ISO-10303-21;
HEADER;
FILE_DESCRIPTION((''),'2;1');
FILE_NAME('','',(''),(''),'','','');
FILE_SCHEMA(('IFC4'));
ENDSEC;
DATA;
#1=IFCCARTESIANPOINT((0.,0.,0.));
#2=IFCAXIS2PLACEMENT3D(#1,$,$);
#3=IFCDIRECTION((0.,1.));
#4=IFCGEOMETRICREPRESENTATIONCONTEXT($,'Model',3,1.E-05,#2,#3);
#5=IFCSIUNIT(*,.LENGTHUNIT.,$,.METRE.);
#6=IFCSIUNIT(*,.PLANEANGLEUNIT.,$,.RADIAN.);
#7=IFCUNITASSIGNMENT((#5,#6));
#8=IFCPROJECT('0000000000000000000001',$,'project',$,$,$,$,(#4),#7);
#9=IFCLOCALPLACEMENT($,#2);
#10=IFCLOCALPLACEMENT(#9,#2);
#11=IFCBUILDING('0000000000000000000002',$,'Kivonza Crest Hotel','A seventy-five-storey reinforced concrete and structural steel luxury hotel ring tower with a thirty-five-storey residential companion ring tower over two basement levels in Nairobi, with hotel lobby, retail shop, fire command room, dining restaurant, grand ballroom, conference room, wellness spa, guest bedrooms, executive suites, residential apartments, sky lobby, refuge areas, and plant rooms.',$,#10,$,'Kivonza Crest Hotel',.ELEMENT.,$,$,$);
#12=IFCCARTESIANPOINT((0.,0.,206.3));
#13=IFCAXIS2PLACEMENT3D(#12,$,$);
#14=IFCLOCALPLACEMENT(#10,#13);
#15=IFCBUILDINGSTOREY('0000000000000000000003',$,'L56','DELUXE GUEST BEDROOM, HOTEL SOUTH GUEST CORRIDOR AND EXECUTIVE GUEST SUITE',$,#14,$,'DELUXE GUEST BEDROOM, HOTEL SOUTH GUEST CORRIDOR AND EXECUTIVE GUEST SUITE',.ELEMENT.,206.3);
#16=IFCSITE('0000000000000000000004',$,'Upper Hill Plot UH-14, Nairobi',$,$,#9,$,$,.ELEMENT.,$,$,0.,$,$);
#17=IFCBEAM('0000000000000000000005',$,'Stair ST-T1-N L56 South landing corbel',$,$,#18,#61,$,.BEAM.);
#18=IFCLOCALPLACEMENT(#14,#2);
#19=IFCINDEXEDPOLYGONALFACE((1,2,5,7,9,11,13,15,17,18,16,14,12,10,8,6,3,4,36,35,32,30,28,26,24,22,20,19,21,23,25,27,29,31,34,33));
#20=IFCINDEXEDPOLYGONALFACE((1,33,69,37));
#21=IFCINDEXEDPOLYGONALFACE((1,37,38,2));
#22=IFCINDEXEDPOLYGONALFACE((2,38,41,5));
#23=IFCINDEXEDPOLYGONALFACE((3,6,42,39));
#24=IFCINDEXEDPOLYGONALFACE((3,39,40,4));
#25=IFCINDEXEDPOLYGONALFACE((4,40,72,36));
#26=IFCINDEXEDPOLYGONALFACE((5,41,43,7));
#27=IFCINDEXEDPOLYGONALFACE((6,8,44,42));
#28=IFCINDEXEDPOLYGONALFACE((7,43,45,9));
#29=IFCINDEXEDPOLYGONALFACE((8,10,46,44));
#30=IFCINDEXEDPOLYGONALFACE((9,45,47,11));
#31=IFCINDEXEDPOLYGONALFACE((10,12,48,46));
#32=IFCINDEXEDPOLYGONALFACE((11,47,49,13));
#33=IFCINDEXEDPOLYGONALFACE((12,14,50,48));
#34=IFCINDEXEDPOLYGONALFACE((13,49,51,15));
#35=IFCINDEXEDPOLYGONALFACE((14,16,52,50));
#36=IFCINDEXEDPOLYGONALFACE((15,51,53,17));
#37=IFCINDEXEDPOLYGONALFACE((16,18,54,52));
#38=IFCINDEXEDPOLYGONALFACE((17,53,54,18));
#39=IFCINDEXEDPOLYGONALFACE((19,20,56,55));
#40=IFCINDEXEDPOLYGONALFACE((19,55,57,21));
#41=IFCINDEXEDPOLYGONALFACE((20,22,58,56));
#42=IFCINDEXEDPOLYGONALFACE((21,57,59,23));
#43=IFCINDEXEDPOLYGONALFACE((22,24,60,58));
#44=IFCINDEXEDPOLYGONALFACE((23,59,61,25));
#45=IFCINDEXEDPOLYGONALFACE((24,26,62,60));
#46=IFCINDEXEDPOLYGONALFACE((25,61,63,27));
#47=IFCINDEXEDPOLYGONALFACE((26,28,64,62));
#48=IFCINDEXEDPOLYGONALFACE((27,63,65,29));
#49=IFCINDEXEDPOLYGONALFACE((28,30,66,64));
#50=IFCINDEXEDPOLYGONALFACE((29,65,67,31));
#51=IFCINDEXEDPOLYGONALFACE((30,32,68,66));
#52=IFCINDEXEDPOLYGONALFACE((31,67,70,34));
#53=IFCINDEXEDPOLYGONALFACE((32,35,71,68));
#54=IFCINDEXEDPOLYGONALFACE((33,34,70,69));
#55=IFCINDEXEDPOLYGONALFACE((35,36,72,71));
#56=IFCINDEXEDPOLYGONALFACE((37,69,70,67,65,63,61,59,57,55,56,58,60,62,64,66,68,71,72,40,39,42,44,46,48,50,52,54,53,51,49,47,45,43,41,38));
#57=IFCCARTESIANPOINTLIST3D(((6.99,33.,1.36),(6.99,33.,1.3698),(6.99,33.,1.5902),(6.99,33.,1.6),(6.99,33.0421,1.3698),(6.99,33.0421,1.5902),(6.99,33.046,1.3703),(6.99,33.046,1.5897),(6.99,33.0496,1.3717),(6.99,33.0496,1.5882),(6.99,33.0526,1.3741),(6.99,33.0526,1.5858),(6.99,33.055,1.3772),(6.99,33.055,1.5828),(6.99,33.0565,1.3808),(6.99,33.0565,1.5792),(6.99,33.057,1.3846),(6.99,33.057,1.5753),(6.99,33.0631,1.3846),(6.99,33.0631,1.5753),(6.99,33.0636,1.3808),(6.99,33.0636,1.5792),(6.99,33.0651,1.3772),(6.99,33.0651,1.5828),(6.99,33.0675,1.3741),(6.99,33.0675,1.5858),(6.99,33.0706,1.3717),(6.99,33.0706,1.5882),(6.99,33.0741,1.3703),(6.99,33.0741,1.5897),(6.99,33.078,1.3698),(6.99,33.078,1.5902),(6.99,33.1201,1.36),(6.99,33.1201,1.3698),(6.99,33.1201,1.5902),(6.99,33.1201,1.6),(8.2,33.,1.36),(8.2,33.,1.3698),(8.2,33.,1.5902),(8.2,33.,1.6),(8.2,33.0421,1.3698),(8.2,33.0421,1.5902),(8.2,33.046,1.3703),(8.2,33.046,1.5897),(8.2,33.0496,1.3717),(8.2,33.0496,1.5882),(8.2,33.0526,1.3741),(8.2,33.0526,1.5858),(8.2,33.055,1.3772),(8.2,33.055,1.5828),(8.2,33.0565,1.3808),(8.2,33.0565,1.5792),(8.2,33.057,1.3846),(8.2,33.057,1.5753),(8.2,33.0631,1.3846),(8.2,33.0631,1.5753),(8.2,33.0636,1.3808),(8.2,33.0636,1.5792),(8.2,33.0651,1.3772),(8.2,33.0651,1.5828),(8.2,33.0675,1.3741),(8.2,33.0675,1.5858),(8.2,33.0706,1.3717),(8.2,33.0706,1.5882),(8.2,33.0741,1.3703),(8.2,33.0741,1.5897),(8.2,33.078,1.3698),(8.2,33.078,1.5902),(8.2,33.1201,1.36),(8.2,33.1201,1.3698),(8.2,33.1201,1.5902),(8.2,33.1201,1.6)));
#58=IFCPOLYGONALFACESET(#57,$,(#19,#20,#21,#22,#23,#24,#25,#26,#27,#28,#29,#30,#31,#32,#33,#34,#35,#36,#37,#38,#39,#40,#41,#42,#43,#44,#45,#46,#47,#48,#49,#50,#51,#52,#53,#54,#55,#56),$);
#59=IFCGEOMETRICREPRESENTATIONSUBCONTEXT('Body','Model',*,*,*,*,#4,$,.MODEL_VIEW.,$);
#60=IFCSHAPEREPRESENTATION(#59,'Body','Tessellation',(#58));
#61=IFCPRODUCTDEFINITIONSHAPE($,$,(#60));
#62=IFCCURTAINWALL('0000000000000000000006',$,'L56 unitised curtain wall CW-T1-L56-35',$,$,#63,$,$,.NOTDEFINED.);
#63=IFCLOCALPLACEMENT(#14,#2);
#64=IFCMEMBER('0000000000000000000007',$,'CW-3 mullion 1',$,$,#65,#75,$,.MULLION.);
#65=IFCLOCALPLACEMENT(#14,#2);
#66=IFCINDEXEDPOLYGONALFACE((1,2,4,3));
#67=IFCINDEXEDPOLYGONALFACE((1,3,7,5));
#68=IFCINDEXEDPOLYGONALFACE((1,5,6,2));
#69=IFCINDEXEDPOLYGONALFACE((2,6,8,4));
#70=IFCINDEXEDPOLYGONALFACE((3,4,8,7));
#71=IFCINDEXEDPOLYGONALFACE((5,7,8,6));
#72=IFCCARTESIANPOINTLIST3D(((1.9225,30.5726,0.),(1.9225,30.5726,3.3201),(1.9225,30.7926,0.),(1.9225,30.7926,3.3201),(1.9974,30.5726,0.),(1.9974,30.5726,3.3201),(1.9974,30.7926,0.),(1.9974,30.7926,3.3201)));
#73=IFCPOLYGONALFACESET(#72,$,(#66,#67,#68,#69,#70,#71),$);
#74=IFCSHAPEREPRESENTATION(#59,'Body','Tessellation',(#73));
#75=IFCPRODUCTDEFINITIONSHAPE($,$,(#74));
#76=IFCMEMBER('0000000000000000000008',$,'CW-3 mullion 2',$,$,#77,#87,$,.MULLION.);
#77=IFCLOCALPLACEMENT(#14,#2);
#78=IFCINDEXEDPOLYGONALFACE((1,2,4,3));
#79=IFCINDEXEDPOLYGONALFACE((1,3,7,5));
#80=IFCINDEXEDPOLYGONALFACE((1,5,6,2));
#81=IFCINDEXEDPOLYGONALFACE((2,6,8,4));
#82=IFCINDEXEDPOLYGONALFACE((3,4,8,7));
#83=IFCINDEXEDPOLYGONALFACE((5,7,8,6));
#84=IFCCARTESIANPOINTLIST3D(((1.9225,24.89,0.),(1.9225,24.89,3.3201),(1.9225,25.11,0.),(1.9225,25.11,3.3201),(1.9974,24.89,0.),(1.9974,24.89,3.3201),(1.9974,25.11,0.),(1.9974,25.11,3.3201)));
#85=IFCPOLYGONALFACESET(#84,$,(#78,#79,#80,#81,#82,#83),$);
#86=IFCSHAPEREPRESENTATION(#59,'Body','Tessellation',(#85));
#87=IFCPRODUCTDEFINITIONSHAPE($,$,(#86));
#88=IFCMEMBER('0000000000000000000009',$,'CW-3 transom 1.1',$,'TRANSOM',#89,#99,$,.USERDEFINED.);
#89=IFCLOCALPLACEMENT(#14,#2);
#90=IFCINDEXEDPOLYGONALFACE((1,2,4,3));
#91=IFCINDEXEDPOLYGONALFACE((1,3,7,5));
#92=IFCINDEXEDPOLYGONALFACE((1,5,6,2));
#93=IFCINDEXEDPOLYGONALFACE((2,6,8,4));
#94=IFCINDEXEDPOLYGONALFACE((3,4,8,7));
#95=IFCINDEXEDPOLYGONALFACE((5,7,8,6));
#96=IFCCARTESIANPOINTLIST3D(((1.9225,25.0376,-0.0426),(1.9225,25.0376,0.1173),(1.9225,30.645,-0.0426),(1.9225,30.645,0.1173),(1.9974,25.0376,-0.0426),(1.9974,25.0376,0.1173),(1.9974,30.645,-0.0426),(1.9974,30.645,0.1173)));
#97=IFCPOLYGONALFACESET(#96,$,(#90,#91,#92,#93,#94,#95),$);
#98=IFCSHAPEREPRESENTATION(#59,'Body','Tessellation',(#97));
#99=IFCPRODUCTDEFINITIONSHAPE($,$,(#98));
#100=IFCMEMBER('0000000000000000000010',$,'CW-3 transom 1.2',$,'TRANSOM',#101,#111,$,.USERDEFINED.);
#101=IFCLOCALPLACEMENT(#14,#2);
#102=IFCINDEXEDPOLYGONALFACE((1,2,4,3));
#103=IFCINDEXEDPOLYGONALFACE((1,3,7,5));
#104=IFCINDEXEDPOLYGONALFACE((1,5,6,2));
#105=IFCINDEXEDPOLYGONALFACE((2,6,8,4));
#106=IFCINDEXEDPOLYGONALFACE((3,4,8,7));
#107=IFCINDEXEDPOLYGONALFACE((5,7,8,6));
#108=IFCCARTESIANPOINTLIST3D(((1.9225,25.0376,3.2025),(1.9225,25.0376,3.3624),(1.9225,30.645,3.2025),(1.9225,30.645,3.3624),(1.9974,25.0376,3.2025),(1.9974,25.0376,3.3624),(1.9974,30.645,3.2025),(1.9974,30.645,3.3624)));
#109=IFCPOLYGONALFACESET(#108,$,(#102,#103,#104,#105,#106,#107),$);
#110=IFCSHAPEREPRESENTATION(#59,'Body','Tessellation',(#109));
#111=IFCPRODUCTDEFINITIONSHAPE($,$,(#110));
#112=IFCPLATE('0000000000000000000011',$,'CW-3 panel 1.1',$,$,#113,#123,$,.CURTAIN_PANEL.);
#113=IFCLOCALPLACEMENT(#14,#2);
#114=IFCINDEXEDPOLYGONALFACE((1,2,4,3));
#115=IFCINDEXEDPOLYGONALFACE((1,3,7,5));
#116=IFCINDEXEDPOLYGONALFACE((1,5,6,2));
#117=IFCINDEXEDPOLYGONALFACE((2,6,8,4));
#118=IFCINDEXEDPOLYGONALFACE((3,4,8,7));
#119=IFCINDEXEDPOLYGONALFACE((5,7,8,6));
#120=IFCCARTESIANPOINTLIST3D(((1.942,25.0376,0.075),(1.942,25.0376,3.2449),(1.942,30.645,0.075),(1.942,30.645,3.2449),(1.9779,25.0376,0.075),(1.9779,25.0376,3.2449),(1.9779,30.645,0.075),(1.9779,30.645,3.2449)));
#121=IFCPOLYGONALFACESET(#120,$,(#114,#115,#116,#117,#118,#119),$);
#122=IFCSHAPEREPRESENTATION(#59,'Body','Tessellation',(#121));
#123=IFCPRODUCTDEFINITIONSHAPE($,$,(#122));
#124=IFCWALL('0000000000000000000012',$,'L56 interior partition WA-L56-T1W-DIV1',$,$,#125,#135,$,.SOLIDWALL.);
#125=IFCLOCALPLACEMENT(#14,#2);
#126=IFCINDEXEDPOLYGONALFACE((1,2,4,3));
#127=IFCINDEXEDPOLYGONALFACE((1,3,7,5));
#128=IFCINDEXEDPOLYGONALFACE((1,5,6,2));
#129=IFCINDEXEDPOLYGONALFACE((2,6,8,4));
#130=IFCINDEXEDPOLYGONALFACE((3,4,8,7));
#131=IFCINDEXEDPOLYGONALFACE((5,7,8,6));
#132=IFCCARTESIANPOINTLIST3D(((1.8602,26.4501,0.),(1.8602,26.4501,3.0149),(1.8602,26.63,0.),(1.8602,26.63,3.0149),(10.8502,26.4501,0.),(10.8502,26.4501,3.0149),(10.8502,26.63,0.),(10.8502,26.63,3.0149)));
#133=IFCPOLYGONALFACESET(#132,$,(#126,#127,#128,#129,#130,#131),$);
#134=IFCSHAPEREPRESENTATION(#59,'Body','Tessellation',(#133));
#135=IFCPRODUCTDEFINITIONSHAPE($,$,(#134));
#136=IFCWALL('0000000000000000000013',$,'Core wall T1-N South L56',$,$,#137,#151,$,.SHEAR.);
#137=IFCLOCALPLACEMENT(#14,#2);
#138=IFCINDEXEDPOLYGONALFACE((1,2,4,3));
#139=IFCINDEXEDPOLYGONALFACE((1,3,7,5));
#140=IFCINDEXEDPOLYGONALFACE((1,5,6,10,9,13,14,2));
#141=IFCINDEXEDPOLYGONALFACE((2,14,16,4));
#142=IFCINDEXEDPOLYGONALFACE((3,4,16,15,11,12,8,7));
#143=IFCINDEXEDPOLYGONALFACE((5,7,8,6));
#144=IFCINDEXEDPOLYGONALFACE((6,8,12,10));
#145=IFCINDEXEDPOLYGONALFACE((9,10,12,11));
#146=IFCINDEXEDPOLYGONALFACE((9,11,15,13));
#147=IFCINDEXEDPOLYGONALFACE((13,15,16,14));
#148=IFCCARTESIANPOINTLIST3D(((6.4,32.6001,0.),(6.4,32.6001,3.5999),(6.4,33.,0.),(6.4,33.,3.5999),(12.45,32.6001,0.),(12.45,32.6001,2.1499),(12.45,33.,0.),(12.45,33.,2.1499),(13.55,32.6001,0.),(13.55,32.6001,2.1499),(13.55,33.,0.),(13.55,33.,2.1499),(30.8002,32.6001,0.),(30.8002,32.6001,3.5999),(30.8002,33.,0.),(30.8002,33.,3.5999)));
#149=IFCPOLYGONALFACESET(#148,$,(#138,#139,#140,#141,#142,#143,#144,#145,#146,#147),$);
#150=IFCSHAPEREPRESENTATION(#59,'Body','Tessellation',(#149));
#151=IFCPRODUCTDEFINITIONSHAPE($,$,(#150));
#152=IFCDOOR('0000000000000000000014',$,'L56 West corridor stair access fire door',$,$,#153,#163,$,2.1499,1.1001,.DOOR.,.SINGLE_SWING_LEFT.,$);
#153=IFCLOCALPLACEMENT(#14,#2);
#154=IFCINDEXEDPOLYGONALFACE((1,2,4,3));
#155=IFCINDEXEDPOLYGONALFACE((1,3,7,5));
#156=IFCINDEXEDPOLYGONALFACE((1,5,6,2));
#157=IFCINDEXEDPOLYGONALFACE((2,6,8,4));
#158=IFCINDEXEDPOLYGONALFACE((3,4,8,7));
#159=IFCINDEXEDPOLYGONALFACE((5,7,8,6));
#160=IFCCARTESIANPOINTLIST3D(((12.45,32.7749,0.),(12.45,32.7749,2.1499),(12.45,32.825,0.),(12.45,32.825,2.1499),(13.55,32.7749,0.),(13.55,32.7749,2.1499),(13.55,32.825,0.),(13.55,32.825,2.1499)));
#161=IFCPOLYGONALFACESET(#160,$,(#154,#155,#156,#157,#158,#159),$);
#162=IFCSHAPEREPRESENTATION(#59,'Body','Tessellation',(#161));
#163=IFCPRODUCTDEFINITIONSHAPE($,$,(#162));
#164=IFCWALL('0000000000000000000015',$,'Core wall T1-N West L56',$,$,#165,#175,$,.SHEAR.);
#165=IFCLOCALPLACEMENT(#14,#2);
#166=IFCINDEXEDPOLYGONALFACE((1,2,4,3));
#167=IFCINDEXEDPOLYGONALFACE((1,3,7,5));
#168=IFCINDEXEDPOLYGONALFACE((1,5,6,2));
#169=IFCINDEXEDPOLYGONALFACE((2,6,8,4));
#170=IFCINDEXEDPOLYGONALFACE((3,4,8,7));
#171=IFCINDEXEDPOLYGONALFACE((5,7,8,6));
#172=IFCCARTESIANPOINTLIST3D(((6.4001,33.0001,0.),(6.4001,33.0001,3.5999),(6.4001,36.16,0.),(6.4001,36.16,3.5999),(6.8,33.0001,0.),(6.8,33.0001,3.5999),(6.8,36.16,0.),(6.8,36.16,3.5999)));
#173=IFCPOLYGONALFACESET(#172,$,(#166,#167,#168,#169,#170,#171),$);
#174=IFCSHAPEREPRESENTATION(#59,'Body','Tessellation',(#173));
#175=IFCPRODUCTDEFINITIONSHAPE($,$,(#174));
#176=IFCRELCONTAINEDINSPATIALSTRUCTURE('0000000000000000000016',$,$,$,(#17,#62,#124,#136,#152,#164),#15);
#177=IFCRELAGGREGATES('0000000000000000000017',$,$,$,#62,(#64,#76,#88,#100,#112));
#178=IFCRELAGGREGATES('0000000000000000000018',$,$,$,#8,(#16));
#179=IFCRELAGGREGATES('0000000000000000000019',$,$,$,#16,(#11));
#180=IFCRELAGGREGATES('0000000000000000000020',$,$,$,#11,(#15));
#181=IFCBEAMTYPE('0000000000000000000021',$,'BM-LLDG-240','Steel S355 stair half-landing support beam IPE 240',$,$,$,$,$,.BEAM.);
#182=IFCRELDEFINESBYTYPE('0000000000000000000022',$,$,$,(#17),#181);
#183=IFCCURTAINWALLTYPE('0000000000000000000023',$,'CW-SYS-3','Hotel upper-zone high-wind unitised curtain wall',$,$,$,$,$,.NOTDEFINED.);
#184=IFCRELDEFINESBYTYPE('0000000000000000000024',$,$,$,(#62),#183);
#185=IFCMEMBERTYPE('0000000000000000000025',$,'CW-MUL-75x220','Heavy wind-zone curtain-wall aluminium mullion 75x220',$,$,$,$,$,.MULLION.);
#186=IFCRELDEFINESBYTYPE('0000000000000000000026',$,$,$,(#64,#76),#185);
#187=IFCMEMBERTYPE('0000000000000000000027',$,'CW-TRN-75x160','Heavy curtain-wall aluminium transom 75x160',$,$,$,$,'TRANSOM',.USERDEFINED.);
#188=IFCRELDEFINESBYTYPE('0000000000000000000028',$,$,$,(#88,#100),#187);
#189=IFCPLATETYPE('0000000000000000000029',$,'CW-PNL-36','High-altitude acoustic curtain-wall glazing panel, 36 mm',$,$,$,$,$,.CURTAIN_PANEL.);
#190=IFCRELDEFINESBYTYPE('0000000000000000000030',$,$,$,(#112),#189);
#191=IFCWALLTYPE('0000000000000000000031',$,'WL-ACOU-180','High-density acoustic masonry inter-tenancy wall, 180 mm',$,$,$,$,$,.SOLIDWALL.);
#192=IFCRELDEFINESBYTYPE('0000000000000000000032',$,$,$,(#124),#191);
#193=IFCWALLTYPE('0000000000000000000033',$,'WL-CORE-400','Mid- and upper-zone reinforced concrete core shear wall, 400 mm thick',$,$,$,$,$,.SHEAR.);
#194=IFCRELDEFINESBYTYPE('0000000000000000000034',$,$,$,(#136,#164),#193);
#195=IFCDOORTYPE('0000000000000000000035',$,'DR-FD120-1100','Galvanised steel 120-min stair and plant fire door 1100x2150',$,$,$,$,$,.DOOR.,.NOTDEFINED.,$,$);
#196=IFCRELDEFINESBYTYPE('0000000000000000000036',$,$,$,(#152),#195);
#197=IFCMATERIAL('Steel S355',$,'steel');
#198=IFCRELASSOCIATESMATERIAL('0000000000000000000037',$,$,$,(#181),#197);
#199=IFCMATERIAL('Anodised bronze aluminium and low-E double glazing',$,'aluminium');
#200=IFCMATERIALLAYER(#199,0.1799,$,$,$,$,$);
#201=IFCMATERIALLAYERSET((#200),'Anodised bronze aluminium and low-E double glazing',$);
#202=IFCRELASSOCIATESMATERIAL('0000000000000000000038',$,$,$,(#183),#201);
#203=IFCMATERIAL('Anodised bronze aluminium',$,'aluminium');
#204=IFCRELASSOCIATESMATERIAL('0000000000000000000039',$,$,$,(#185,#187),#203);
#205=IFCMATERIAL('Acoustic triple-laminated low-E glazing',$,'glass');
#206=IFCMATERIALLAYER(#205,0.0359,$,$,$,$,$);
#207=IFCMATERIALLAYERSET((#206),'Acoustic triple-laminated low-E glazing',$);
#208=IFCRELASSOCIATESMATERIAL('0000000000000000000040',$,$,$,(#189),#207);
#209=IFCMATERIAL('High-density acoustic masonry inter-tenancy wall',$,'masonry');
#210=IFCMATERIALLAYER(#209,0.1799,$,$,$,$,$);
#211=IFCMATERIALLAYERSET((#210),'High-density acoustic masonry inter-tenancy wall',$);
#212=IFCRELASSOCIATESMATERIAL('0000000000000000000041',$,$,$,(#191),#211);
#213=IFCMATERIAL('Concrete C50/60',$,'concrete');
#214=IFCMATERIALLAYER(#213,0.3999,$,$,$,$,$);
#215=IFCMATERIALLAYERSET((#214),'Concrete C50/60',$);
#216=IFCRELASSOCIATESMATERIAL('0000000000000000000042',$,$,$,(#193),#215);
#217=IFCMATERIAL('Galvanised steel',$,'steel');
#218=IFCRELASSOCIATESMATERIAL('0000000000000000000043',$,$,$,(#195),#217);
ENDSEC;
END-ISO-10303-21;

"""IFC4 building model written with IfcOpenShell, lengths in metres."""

from ifc_helpers import new_model, si_unit, direction, frame, frame_2d, origin, origin_2d, place, context, subcontext, project, spatial, rectangle, i_section, extrude, material, layer, layer_set, material_profile, profile_set, type_object, element, fill, aggregate, save


model = new_model("IFC4")

# Units and contexts
model_context = context("Model", 3, precision=1e-05, world=origin(), true_north=direction((0.0, 1.0)))
body_context = subcontext(model_context, "Body", "Model", "MODEL_VIEW")
ifc_project = project(units=[si_unit("LENGTHUNIT", "METRE"), si_unit("PLANEANGLEUNIT", "RADIAN")], contexts=[model_context])

# Site, building, storey
site_placement = place(None, origin())
site = spatial("IfcSite", under=ifc_project, at=site_placement, Name="Upper Hill Plot UH-14, Nairobi", CompositionType="ELEMENT", RefElevation=0.0)
building_placement = place(site_placement, origin())
building = spatial("IfcBuilding", under=site, at=building_placement, Name="Kivonza Crest Hotel", Description="A seventy-five-storey reinforced concrete and structural steel luxury hotel ring tower with a thirty-five-storey residential companion ring tower over two basement levels in Nairobi, with hotel lobby, retail shop, fire command room, dining restaurant, grand ballroom, conference room, wellness spa, guest bedrooms, executive suites, residential apartments, sky lobby, refuge areas, and plant rooms.", LongName="Kivonza Crest Hotel", CompositionType="ELEMENT")
storey_placement = place(building_placement, frame((0.0, 0.0, 206.3)))
storey = spatial("IfcBuildingStorey", under=building, at=storey_placement, Name="L56", Description="DELUXE GUEST BEDROOM, HOTEL SOUTH GUEST CORRIDOR AND EXECUTIVE GUEST SUITE", LongName="DELUXE GUEST BEDROOM, HOTEL SOUTH GUEST CORRIDOR AND EXECUTIVE GUEST SUITE", CompositionType="ELEMENT", Elevation=206.3)

# Shared definitions
ifc_material_1 = material(Name="Concrete C50/60", Category="concrete")

# Beam
ifc_material_2 = material(Name="Steel S355", Category="steel")
ifc_material_profile_1 = material_profile(ifc_material_2, i_section(OverallWidth=0.1201, OverallDepth=0.24, WebThickness=0.0061, FlangeThickness=0.0098, FilletRadius=0.0149, at=origin_2d()), Name="IPE 240")
ifc_profile_set_1 = profile_set([ifc_material_profile_1], Name="Steel S355")
beam_type_1 = type_object("IfcBeamType", Name="BM-LLDG-240", Description="Steel S355 stair half-landing support beam IPE 240", PredefinedType="BEAM", material=ifc_profile_set_1)
beam_1_placement = place(storey_placement, frame((6.99, 33.0601, 1.48), z_axis=(1.0, 0.0, 0.0), x_axis=(0.0, 1.0, 0.0)))
element("IfcBeam", 1, at=beam_1_placement, inside=storey, type_object=beam_type_1, Name="Stair ST-T1-N L56 South landing corbel", PredefinedType="BEAM", context=body_context, shape_type="SweptSolid", body=[
    extrude(i_section(OverallWidth=0.1201, OverallDepth=0.24, WebThickness=0.0061, FlangeThickness=0.0098, FilletRadius=0.0149, at=origin_2d()), origin(), (0.0, 0.0, 1.0), 1.21),
])

# Curtain wall, members, plate
ifc_material_3 = material(Name="Anodised bronze aluminium and low-E double glazing", Category="aluminium")
ifc_layer_1 = layer(ifc_material_3, 0.1799)
ifc_layer_set_1 = layer_set([ifc_layer_1], Name="Anodised bronze aluminium and low-E double glazing")
curtain_wall_type = type_object("IfcCurtainWallType", Name="CW-SYS-3", Description="Hotel upper-zone high-wind unitised curtain wall", PredefinedType="NOTDEFINED", material=ifc_layer_set_1)
curtain_wall_placement = place(storey_placement, origin())
curtain_wall = element("IfcCurtainWall", 2, at=curtain_wall_placement, inside=storey, type_object=curtain_wall_type, Name="L56 unitised curtain wall CW-T1-L56-35", PredefinedType="NOTDEFINED")
ifc_material_4 = material(Name="Anodised bronze aluminium", Category="aluminium")
ifc_material_profile_2 = material_profile(ifc_material_4, rectangle(XDim=0.075, YDim=0.22, at=origin_2d()), Name="CW-M 75x220")
ifc_profile_set_2 = profile_set([ifc_material_profile_2], Name="Anodised bronze aluminium")
member_type_1 = type_object("IfcMemberType", Name="CW-MUL-75x220", Description="Heavy wind-zone curtain-wall aluminium mullion 75x220", PredefinedType="MULLION", material=ifc_profile_set_2)
member_1_placement = place(storey_placement, frame((1.96, 30.6826, 0.0), z_axis=(0.0, 0.0, 1.0), x_axis=(1.0, 0.0, 0.0)))
member_1 = element("IfcMember", 3, at=member_1_placement, type_object=member_type_1, Name="CW-3 mullion 1", PredefinedType="MULLION", context=body_context, shape_type="SweptSolid", body=[
    extrude(rectangle(XDim=0.075, YDim=0.22, at=origin_2d()), origin(), (0.0, 0.0, 1.0), 3.3201),
])
member_2_placement = place(storey_placement, frame((1.96, 25.0, 0.0), z_axis=(0.0, 0.0, 1.0), x_axis=(1.0, 0.0, 0.0)))
member_2 = element("IfcMember", 4, at=member_2_placement, type_object=member_type_1, Name="CW-3 mullion 2", PredefinedType="MULLION", context=body_context, shape_type="SweptSolid", body=[
    extrude(rectangle(XDim=0.075, YDim=0.22, at=origin_2d()), origin(), (0.0, 0.0, 1.0), 3.3201),
])
ifc_material_profile_3 = material_profile(ifc_material_4, rectangle(XDim=0.075, YDim=0.1599, at=origin_2d()), Name="CW-T 75x160")
ifc_profile_set_3 = profile_set([ifc_material_profile_3], Name="Anodised bronze aluminium")
member_type_2 = type_object("IfcMemberType", Name="CW-TRN-75x160", Description="Heavy curtain-wall aluminium transom 75x160", ElementType="TRANSOM", PredefinedType="USERDEFINED", material=ifc_profile_set_3)
member_3_placement = place(storey_placement, frame((1.96, 30.645, 0.0374), z_axis=(0.0, -1.0, 0.0), x_axis=(1.0, 0.0, 0.0)))
member_3 = element("IfcMember", 5, at=member_3_placement, type_object=member_type_2, Name="CW-3 transom 1.1", ObjectType="TRANSOM", PredefinedType="USERDEFINED", context=body_context, shape_type="SweptSolid", body=[
    extrude(rectangle(XDim=0.075, YDim=0.1599, at=origin_2d()), origin(), (0.0, 0.0, 1.0), 5.6074),
])
member_4_placement = place(storey_placement, frame((1.96, 30.645, 3.2825), z_axis=(0.0, -1.0, 0.0), x_axis=(1.0, 0.0, 0.0)))
member_4 = element("IfcMember", 6, at=member_4_placement, type_object=member_type_2, Name="CW-3 transom 1.2", ObjectType="TRANSOM", PredefinedType="USERDEFINED", context=body_context, shape_type="SweptSolid", body=[
    extrude(rectangle(XDim=0.075, YDim=0.1599, at=origin_2d()), origin(), (0.0, 0.0, 1.0), 5.6074),
])
ifc_material_5 = material(Name="Acoustic triple-laminated low-E glazing", Category="glass")
ifc_layer_2 = layer(ifc_material_5, 0.0359)
ifc_layer_set_2 = layer_set([ifc_layer_2], Name="Acoustic triple-laminated low-E glazing")
plate_type = type_object("IfcPlateType", Name="CW-PNL-36", Description="High-altitude acoustic curtain-wall glazing panel, 36 mm", PredefinedType="CURTAIN_PANEL", material=ifc_layer_set_2)
plate_placement = place(storey_placement, frame((1.96, 27.8413, 0.075), z_axis=(0.0, 0.0, 1.0), x_axis=(0.0, -1.0, 0.0)))
plate = element("IfcPlate", 7, at=plate_placement, type_object=plate_type, Name="CW-3 panel 1.1", PredefinedType="CURTAIN_PANEL", context=body_context, shape_type="SweptSolid", body=[
    extrude(rectangle(XDim=5.6074, YDim=0.0359, at=origin_2d()), origin(), (0.0, 0.0, 1.0), 3.1699),
])
aggregate(curtain_wall, [member_1, member_2, member_3, member_4, plate])

# Wall
ifc_material_6 = material(Name="High-density acoustic masonry inter-tenancy wall", Category="masonry")
ifc_layer_3 = layer(ifc_material_6, 0.1799)
ifc_layer_set_3 = layer_set([ifc_layer_3], Name="High-density acoustic masonry inter-tenancy wall")
wall_type_1 = type_object("IfcWallType", Name="WL-ACOU-180", Description="High-density acoustic masonry inter-tenancy wall, 180 mm", PredefinedType="SOLIDWALL", material=ifc_layer_set_3)
wall_1_placement = place(storey_placement, frame((1.8601, 26.54, 0.0), z_axis=(0.0, 0.0, 1.0), x_axis=(1.0, 0.0, 0.0)))
element("IfcWall", 8, at=wall_1_placement, inside=storey, type_object=wall_type_1, Name="L56 interior partition WA-L56-T1W-DIV1", PredefinedType="SOLIDWALL", context=body_context, shape_type="SweptSolid", body=[
    extrude(rectangle(XDim=8.99, YDim=0.1799, at=frame_2d((4.4951, 0.0))), origin(), (0.0, 0.0, 1.0), 3.0149),
])

# Wall, opening, door
ifc_layer_4 = layer(ifc_material_1, 0.3999)
ifc_layer_set_4 = layer_set([ifc_layer_4], Name="Concrete C50/60")
wall_type_2 = type_object("IfcWallType", Name="WL-CORE-400", Description="Mid- and upper-zone reinforced concrete core shear wall, 400 mm thick", PredefinedType="SHEAR", material=ifc_layer_set_4)
wall_2_placement = place(storey_placement, frame((6.3999, 32.8, 0.0), z_axis=(0.0, 0.0, 1.0), x_axis=(1.0, 0.0, 0.0)))
wall_2 = element("IfcWall", 9, at=wall_2_placement, inside=storey, type_object=wall_type_2, Name="Core wall T1-N South L56", PredefinedType="SHEAR", context=body_context, shape_type="SweptSolid", body=[
    extrude(rectangle(XDim=24.4001, YDim=0.3999, at=frame_2d((12.2002, 0.0))), origin(), (0.0, 0.0, 1.0), 3.5999),
])
opening_placement = place(wall_2_placement, frame((6.05, 0.0, 0.0)))
opening = element("IfcOpeningElement", 10, at=opening_placement, cuts=wall_2, PredefinedType="OPENING", context=body_context, shape_type="SweptSolid", body=[
    extrude(rectangle(XDim=1.1001, YDim=2.1499, at=frame_2d((0.55, 1.075))), frame((0.0, 0.21, 0.0), z_axis=(0.0, -1.0, 0.0), x_axis=(1.0, 0.0, 0.0)), (0.0, 0.0, 1.0), 0.4199),
])
ifc_material_7 = material(Name="Galvanised steel", Category="steel")
door_type = type_object("IfcDoorType", Name="DR-FD120-1100", Description="Galvanised steel 120-min stair and plant fire door 1100x2150", OperationType="NOTDEFINED", PredefinedType="DOOR", material=ifc_material_7)
door_placement = place(opening_placement, origin())
door = element("IfcDoor", 11, at=door_placement, inside=storey, type_object=door_type, Name="L56 West corridor stair access fire door", OperationType="SINGLE_SWING_LEFT", OverallHeight=2.1499, OverallWidth=1.1001, PredefinedType="DOOR", context=body_context, shape_type="SweptSolid", body=[
    extrude(rectangle(XDim=1.1001, YDim=2.1499, at=frame_2d((0.55, 1.075))), frame((0.0, 0.0249, 0.0), z_axis=(0.0, -1.0, 0.0), x_axis=(1.0, 0.0, 0.0)), (0.0, 0.0, 1.0), 0.05),
])
fill(opening, door)

# Wall
wall_3_placement = place(storey_placement, frame((6.6001, 33.0, 0.0), z_axis=(0.0, 0.0, 1.0), x_axis=(0.0, 1.0, 0.0)))
element("IfcWall", 12, at=wall_3_placement, inside=storey, type_object=wall_type_2, Name="Core wall T1-N West L56", PredefinedType="SHEAR", context=body_context, shape_type="SweptSolid", body=[
    extrude(rectangle(XDim=3.1599, YDim=0.3999, at=frame_2d((1.5801, 0.0))), origin(), (0.0, 0.0, 1.0), 3.5999),
])

save(model, "model.ifc")
